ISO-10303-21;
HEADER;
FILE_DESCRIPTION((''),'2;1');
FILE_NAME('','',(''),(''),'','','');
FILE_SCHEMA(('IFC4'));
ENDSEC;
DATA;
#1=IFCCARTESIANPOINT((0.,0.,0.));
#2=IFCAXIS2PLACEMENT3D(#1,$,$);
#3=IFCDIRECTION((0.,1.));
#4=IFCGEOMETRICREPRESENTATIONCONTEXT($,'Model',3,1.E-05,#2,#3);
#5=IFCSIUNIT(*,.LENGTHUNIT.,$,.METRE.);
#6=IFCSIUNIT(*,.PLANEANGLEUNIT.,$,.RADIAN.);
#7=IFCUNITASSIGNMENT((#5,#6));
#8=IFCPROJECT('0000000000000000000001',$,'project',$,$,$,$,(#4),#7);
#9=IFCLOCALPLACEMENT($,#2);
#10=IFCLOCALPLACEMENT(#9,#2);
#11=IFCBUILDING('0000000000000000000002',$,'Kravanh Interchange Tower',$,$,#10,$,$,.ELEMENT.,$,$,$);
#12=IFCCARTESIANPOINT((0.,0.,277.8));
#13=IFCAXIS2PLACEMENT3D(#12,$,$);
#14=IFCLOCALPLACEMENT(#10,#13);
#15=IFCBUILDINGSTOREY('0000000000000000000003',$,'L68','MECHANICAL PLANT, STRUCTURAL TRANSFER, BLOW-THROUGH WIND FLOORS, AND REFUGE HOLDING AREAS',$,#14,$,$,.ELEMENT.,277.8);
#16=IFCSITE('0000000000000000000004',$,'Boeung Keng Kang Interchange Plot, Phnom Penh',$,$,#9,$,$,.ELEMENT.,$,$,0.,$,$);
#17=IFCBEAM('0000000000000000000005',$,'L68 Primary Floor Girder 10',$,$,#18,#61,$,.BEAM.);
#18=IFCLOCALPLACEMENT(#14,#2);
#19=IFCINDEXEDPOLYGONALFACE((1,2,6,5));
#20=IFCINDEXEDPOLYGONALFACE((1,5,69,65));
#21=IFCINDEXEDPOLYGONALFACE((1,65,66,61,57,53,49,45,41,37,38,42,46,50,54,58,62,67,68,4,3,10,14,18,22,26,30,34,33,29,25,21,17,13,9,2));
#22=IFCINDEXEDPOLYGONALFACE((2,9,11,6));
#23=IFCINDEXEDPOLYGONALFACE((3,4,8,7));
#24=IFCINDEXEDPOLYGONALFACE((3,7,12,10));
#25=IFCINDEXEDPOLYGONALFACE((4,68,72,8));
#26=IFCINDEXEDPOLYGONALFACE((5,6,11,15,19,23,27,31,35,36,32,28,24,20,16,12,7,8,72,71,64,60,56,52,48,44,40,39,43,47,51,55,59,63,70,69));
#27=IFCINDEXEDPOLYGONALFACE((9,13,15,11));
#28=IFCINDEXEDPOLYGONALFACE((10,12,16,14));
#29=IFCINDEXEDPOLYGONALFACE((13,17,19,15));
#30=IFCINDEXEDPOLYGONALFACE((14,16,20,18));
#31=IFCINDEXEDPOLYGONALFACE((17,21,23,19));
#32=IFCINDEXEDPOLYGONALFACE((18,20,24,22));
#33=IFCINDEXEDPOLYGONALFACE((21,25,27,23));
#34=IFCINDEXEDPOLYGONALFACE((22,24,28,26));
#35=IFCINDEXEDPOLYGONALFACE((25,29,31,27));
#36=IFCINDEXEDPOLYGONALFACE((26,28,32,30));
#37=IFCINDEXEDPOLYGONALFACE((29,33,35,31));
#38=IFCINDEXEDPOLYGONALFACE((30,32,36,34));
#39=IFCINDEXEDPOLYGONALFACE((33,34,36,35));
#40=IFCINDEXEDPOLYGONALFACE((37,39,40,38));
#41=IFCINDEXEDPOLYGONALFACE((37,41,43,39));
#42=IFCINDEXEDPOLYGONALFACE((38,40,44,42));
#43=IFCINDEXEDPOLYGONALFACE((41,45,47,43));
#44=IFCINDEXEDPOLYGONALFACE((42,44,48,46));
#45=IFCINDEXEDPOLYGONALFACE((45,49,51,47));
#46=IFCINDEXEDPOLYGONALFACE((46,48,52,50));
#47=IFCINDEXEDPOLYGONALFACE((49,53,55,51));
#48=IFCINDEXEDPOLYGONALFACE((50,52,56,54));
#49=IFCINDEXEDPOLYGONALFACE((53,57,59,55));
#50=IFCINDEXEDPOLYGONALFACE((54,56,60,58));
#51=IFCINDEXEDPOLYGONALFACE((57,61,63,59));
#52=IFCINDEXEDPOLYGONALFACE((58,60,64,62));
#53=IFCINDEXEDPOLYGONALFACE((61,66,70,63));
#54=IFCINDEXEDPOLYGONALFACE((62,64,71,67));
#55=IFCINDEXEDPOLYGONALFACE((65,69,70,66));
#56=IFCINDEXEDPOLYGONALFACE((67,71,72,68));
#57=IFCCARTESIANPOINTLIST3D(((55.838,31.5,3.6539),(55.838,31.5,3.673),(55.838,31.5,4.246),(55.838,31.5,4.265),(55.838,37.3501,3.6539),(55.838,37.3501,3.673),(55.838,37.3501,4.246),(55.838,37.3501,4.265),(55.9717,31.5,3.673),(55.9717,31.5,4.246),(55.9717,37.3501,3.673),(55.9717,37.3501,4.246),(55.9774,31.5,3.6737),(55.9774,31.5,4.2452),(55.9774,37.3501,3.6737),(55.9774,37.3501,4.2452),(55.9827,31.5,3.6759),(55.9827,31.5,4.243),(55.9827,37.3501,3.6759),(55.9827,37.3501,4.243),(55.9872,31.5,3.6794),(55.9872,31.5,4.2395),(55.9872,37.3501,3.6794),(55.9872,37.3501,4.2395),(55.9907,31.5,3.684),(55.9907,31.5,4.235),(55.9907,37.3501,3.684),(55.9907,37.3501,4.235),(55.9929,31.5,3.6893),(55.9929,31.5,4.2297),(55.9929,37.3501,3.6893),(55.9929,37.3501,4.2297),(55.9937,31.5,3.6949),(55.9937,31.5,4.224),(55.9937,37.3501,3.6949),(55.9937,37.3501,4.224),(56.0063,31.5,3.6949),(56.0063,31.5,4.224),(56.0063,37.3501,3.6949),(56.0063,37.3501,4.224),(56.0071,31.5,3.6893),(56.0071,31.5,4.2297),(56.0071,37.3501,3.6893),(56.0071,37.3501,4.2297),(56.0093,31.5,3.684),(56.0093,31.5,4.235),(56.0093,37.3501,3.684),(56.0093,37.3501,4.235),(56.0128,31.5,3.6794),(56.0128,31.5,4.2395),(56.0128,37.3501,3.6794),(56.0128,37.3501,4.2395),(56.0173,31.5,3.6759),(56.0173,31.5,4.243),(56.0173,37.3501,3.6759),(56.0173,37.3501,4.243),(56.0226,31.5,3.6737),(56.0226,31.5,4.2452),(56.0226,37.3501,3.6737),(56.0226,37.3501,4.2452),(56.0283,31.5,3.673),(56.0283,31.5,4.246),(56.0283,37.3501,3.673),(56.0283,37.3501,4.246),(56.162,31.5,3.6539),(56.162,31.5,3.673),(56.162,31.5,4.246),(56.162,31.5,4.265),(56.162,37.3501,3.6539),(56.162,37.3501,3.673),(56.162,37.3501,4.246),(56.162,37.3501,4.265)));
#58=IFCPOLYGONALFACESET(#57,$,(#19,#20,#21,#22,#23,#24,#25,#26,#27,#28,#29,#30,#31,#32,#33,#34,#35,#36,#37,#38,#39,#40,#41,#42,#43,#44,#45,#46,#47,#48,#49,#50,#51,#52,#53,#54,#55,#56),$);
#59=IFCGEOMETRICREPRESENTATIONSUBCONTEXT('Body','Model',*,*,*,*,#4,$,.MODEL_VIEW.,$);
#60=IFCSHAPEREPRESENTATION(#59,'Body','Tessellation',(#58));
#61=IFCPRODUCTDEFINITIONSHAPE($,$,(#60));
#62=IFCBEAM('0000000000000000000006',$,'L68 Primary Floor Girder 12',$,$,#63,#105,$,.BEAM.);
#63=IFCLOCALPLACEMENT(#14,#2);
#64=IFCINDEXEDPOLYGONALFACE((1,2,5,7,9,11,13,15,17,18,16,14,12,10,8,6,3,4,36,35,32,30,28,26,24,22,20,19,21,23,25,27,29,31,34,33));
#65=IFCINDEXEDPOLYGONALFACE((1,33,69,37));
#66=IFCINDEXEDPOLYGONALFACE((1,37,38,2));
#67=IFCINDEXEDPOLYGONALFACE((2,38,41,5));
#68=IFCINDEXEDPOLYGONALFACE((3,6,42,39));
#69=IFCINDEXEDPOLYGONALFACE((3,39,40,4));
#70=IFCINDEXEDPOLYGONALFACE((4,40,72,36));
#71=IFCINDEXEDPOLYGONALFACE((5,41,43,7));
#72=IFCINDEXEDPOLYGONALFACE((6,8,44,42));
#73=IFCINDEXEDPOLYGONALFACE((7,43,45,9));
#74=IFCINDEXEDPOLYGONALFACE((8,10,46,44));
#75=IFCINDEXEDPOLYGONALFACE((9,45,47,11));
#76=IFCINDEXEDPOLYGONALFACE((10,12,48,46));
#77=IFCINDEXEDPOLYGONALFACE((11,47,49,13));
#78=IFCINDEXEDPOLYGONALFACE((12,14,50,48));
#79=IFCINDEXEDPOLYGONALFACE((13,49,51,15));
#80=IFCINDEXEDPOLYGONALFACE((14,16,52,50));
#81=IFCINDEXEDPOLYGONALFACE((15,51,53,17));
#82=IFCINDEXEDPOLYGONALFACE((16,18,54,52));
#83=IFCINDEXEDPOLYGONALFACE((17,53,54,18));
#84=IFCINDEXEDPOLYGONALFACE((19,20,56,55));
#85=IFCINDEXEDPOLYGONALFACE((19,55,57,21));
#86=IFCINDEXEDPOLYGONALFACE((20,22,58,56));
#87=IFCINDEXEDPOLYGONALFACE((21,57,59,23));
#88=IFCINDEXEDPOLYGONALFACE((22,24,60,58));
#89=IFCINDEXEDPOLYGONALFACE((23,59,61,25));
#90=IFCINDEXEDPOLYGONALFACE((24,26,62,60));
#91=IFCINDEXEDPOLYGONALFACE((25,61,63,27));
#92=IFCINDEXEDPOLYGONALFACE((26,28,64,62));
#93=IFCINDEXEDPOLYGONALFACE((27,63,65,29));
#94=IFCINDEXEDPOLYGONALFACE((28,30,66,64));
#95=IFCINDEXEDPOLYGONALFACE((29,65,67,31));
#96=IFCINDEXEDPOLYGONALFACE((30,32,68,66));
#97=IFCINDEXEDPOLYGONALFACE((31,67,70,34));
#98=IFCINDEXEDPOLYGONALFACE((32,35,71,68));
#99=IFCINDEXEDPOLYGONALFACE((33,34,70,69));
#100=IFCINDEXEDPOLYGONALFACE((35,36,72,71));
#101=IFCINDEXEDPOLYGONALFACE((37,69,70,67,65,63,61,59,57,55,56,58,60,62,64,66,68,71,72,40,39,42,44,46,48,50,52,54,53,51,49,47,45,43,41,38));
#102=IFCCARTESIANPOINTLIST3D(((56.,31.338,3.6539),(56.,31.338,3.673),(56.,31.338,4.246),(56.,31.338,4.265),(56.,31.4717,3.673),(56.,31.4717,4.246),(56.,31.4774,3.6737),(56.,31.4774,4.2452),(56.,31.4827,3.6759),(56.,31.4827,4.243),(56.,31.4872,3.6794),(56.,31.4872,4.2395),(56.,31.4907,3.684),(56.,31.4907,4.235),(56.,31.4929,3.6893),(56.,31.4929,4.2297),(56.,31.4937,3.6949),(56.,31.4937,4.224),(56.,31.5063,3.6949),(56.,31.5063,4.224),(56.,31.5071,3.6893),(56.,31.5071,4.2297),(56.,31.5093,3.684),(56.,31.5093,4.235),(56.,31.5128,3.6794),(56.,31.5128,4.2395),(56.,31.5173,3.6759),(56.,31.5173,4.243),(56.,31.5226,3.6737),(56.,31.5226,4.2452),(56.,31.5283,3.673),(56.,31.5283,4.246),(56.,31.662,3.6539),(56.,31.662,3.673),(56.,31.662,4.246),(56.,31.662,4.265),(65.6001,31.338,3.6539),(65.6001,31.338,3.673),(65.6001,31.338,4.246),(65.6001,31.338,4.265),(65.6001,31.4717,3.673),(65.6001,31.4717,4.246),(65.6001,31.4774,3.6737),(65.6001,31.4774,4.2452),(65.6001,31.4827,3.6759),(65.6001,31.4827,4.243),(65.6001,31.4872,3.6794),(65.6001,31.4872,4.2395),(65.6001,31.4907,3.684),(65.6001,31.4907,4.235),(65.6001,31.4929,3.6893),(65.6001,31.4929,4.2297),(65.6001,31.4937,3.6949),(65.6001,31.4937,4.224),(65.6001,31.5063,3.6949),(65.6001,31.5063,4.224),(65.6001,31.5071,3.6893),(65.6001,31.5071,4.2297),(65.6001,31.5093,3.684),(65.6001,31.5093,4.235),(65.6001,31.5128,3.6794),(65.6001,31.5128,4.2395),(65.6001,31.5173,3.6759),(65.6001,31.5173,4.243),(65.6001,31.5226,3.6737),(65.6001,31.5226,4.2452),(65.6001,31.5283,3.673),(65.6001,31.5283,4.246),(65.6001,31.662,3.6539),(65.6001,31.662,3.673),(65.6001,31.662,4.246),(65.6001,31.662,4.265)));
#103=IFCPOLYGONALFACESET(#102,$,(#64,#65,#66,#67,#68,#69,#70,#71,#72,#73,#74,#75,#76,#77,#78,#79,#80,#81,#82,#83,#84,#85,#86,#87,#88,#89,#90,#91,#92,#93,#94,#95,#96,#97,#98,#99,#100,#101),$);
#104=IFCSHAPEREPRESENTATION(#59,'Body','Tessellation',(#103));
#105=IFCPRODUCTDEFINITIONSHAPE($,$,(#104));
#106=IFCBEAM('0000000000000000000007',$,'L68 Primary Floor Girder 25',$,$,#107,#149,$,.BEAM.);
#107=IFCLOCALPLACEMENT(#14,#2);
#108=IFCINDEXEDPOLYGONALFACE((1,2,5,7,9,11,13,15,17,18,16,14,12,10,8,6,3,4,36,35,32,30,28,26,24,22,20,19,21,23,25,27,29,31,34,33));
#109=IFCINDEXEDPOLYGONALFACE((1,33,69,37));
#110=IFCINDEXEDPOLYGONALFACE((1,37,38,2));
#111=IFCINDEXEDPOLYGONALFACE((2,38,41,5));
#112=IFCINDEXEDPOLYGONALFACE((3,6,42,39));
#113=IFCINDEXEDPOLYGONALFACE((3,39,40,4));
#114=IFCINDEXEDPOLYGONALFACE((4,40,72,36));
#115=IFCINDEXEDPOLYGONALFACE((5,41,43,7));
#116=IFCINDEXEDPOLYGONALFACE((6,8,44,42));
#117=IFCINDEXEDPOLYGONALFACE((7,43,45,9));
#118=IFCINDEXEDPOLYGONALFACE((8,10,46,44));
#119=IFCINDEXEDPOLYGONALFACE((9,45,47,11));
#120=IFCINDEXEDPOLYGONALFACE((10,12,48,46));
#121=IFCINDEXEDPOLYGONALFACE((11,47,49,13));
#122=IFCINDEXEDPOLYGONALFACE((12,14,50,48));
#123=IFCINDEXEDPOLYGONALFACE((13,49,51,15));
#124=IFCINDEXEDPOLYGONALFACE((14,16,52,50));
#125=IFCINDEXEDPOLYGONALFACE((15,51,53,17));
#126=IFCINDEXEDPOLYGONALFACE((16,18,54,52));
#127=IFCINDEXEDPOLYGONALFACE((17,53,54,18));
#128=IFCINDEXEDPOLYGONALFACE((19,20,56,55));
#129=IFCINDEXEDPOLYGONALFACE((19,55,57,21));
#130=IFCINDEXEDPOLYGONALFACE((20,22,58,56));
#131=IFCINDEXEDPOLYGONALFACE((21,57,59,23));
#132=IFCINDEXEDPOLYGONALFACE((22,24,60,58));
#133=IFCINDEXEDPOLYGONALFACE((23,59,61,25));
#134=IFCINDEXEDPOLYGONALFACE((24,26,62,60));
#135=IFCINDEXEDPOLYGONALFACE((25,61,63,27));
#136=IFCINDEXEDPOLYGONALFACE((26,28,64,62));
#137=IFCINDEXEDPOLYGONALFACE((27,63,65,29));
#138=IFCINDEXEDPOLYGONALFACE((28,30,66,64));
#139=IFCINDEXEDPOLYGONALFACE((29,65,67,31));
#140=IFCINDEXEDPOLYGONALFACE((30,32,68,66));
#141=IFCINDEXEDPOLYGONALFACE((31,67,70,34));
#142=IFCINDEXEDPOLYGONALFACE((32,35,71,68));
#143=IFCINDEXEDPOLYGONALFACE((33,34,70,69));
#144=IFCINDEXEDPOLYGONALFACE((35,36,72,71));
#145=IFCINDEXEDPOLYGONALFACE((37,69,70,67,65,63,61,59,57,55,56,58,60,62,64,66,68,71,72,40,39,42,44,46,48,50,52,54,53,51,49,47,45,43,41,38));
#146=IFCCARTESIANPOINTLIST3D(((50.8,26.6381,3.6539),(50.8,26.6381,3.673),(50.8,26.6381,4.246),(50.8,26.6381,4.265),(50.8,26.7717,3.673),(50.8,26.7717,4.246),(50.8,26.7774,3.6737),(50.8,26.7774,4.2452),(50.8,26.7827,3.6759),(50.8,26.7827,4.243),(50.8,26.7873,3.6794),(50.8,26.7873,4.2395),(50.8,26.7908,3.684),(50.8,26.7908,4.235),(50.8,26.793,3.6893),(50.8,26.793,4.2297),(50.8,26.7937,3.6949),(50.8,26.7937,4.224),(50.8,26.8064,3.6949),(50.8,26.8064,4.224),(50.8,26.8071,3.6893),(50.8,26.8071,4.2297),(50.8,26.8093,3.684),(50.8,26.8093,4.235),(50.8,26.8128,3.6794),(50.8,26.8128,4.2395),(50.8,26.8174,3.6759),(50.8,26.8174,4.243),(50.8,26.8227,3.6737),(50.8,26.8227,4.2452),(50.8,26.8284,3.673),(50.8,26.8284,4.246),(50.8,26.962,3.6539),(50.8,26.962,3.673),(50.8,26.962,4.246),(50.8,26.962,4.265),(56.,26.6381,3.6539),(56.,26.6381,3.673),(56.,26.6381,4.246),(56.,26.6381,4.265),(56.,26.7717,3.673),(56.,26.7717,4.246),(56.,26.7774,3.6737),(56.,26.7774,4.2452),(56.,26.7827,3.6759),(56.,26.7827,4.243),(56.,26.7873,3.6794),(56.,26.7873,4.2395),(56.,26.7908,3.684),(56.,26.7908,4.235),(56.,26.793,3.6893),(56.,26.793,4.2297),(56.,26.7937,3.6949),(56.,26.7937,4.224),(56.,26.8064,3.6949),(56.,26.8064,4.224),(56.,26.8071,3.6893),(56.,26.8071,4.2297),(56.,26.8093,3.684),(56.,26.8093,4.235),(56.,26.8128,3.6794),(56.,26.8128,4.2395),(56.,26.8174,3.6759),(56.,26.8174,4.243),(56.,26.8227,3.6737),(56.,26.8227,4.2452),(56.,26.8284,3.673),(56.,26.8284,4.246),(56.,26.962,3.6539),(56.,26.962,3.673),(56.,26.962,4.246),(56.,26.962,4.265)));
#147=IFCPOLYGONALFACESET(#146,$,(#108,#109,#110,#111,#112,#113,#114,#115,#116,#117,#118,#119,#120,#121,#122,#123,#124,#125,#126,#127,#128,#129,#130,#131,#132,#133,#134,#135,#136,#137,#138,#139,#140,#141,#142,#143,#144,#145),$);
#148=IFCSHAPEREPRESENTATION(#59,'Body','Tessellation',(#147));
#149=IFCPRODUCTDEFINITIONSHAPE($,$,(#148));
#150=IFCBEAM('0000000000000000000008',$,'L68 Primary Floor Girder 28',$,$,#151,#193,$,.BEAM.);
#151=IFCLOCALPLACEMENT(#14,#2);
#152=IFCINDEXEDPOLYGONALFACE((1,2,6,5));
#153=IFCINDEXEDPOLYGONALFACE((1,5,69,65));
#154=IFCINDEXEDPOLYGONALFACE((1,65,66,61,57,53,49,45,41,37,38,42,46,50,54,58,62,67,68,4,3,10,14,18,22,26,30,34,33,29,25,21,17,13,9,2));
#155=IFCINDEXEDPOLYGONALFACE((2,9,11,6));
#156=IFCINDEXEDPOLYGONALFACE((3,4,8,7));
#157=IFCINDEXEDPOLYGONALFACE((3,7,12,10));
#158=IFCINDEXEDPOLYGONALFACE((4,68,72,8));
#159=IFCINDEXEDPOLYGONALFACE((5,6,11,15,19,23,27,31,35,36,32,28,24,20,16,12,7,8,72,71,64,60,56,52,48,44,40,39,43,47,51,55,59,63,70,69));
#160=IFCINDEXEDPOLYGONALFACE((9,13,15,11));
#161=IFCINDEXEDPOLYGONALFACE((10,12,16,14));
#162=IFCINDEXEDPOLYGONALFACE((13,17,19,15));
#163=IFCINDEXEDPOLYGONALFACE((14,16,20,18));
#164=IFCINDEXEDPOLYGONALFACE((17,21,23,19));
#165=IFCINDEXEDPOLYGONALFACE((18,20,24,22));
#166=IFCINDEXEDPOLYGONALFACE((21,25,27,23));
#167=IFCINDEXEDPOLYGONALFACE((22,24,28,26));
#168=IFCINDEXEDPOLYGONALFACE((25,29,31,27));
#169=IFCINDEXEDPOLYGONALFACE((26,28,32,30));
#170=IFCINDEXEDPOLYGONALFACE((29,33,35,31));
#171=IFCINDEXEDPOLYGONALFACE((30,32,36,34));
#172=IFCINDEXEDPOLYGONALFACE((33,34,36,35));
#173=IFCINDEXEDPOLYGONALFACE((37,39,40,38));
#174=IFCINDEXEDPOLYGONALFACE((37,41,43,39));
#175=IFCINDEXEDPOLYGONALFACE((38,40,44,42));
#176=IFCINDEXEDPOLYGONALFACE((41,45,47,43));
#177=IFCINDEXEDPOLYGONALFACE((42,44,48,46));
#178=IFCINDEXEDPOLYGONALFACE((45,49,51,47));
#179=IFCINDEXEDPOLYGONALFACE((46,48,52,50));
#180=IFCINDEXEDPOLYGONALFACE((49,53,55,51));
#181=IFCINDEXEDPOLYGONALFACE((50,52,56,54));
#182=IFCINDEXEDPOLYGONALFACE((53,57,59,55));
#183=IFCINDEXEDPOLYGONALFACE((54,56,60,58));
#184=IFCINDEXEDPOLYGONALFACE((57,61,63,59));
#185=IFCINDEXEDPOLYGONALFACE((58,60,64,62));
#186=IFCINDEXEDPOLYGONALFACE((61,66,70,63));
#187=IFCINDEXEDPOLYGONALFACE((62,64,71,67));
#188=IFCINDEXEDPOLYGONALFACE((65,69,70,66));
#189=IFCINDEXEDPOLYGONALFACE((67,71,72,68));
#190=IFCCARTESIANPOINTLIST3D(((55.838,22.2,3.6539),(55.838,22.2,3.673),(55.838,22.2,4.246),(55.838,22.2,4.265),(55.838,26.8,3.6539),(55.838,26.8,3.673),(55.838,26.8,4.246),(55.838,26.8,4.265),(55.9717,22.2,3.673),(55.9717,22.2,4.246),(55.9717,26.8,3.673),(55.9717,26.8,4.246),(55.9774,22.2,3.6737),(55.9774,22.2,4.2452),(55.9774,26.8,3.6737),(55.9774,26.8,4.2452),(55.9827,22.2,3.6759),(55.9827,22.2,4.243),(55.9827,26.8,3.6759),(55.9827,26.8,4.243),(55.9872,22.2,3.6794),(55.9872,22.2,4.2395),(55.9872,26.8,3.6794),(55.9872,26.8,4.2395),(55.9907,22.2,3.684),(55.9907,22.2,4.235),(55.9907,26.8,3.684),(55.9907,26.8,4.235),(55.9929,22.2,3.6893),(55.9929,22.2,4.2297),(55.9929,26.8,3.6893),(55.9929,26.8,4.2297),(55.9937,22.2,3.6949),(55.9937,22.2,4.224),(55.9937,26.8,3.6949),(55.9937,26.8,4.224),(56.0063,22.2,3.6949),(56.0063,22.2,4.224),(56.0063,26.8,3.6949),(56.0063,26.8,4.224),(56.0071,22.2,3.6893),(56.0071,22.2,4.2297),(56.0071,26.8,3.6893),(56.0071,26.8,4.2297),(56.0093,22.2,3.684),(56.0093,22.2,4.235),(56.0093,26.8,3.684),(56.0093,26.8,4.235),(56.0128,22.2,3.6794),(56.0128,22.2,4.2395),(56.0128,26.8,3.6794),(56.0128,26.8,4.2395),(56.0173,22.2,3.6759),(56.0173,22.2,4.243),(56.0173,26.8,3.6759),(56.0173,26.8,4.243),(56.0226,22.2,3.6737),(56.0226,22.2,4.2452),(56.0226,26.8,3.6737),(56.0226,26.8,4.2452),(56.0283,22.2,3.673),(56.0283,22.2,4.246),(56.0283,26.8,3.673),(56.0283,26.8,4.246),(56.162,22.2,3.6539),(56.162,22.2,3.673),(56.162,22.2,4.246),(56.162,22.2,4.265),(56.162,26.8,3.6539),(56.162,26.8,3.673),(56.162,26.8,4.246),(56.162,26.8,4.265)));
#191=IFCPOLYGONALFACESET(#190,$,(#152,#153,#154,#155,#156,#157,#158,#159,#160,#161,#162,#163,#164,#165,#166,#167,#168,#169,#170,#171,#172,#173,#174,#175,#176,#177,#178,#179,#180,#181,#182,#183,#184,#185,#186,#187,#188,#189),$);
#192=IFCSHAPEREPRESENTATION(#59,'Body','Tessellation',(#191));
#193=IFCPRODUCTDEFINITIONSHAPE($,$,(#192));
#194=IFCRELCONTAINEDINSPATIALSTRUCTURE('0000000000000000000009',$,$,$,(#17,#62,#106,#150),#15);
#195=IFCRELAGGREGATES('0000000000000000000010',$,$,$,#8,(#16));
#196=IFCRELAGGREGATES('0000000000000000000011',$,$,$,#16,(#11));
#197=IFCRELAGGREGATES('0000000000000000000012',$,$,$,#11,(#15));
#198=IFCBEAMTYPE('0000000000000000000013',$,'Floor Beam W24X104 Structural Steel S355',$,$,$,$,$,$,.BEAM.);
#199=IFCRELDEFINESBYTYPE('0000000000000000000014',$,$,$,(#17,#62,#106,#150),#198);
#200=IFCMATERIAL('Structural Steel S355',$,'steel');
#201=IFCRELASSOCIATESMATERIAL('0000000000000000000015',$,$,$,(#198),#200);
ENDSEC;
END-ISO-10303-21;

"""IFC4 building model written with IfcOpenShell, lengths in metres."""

from ifc_helpers import new_model, si_unit, direction, frame, origin, origin_2d, place, context, subcontext, project, spatial, i_section, extrude, material, material_profile, profile_set, type_object, element, save


model = new_model("IFC4")

# Units and contexts
model_context = context("Model", 3, precision=1e-05, world=origin(), true_north=direction((0.0, 1.0)))
body_context = subcontext(model_context, "Body", "Model", "MODEL_VIEW")
ifc_project = project(units=[si_unit("LENGTHUNIT", "METRE"), si_unit("PLANEANGLEUNIT", "RADIAN")], contexts=[model_context])

# Site, building, storey
site_placement = place(None, origin())
site = spatial("IfcSite", under=ifc_project, at=site_placement, Name="Boeung Keng Kang Interchange Plot, Phnom Penh", CompositionType="ELEMENT", RefElevation=0.0)
building_placement = place(site_placement, origin())
building = spatial("IfcBuilding", under=site, at=building_placement, Name="Kravanh Interchange Tower", CompositionType="ELEMENT")
storey_placement = place(building_placement, frame((0.0, 0.0, 277.8)))
storey = spatial("IfcBuildingStorey", under=building, at=storey_placement, Name="L68", Description="MECHANICAL PLANT, STRUCTURAL TRANSFER, BLOW-THROUGH WIND FLOORS, AND REFUGE HOLDING AREAS", CompositionType="ELEMENT", Elevation=277.8)

# Beams
ifc_material_1 = material(Name="Structural Steel S355", Category="steel")
ifc_material_profile_1 = material_profile(ifc_material_1, i_section(OverallWidth=0.324, OverallDepth=0.6111, WebThickness=0.0127, FlangeThickness=0.019, FilletRadius=0.022, at=origin_2d()), Name="W24X104")
ifc_profile_set_1 = profile_set([ifc_material_profile_1], Name="Structural Steel S355")
beam_type_1 = type_object("IfcBeamType", Name="Floor Beam W24X104 Structural Steel S355", PredefinedType="BEAM", material=ifc_profile_set_1)
beam_1_placement = place(storey_placement, frame((56.0, 31.5, 3.9595), z_axis=(0.0, 1.0, 0.0), x_axis=(-1.0, 0.0, 0.0)))
element("IfcBeam", 1, at=beam_1_placement, inside=storey, type_object=beam_type_1, Name="L68 Primary Floor Girder 10", PredefinedType="BEAM", context=body_context, shape_type="SweptSolid", body=[
    extrude(i_section(OverallWidth=0.324, OverallDepth=0.6111, WebThickness=0.0127, FlangeThickness=0.019, FilletRadius=0.022, at=origin_2d()), origin(), (0.0, 0.0, 1.0), 5.8501),
])
beam_2_placement = place(storey_placement, frame((56.0, 31.5, 3.9595), z_axis=(1.0, 0.0, 0.0), x_axis=(0.0, 1.0, 0.0)))
element("IfcBeam", 2, at=beam_2_placement, inside=storey, type_object=beam_type_1, Name="L68 Primary Floor Girder 12", PredefinedType="BEAM", context=body_context, shape_type="SweptSolid", body=[
    extrude(i_section(OverallWidth=0.324, OverallDepth=0.6111, WebThickness=0.0127, FlangeThickness=0.019, FilletRadius=0.022, at=origin_2d()), origin(), (0.0, 0.0, 1.0), 9.6001),
])
beam_3_placement = place(storey_placement, frame((50.8, 26.8, 3.9595), z_axis=(1.0, 0.0, 0.0), x_axis=(0.0, 1.0, 0.0)))
element("IfcBeam", 3, at=beam_3_placement, inside=storey, type_object=beam_type_1, Name="L68 Primary Floor Girder 25", PredefinedType="BEAM", context=body_context, shape_type="SweptSolid", body=[
    extrude(i_section(OverallWidth=0.324, OverallDepth=0.6111, WebThickness=0.0127, FlangeThickness=0.019, FilletRadius=0.022, at=origin_2d()), origin(), (0.0, 0.0, 1.0), 5.2),
])
beam_4_placement = place(storey_placement, frame((56.0, 26.8, 3.9595), z_axis=(0.0, -1.0, 0.0), x_axis=(1.0, 0.0, 0.0)))
element("IfcBeam", 4, at=beam_4_placement, inside=storey, type_object=beam_type_1, Name="L68 Primary Floor Girder 28", PredefinedType="BEAM", context=body_context, shape_type="SweptSolid", body=[
    extrude(i_section(OverallWidth=0.324, OverallDepth=0.6111, WebThickness=0.0127, FlangeThickness=0.019, FilletRadius=0.022, at=origin_2d()), origin(), (0.0, 0.0, 1.0), 4.6001),
])

save(model, "model.ifc")
